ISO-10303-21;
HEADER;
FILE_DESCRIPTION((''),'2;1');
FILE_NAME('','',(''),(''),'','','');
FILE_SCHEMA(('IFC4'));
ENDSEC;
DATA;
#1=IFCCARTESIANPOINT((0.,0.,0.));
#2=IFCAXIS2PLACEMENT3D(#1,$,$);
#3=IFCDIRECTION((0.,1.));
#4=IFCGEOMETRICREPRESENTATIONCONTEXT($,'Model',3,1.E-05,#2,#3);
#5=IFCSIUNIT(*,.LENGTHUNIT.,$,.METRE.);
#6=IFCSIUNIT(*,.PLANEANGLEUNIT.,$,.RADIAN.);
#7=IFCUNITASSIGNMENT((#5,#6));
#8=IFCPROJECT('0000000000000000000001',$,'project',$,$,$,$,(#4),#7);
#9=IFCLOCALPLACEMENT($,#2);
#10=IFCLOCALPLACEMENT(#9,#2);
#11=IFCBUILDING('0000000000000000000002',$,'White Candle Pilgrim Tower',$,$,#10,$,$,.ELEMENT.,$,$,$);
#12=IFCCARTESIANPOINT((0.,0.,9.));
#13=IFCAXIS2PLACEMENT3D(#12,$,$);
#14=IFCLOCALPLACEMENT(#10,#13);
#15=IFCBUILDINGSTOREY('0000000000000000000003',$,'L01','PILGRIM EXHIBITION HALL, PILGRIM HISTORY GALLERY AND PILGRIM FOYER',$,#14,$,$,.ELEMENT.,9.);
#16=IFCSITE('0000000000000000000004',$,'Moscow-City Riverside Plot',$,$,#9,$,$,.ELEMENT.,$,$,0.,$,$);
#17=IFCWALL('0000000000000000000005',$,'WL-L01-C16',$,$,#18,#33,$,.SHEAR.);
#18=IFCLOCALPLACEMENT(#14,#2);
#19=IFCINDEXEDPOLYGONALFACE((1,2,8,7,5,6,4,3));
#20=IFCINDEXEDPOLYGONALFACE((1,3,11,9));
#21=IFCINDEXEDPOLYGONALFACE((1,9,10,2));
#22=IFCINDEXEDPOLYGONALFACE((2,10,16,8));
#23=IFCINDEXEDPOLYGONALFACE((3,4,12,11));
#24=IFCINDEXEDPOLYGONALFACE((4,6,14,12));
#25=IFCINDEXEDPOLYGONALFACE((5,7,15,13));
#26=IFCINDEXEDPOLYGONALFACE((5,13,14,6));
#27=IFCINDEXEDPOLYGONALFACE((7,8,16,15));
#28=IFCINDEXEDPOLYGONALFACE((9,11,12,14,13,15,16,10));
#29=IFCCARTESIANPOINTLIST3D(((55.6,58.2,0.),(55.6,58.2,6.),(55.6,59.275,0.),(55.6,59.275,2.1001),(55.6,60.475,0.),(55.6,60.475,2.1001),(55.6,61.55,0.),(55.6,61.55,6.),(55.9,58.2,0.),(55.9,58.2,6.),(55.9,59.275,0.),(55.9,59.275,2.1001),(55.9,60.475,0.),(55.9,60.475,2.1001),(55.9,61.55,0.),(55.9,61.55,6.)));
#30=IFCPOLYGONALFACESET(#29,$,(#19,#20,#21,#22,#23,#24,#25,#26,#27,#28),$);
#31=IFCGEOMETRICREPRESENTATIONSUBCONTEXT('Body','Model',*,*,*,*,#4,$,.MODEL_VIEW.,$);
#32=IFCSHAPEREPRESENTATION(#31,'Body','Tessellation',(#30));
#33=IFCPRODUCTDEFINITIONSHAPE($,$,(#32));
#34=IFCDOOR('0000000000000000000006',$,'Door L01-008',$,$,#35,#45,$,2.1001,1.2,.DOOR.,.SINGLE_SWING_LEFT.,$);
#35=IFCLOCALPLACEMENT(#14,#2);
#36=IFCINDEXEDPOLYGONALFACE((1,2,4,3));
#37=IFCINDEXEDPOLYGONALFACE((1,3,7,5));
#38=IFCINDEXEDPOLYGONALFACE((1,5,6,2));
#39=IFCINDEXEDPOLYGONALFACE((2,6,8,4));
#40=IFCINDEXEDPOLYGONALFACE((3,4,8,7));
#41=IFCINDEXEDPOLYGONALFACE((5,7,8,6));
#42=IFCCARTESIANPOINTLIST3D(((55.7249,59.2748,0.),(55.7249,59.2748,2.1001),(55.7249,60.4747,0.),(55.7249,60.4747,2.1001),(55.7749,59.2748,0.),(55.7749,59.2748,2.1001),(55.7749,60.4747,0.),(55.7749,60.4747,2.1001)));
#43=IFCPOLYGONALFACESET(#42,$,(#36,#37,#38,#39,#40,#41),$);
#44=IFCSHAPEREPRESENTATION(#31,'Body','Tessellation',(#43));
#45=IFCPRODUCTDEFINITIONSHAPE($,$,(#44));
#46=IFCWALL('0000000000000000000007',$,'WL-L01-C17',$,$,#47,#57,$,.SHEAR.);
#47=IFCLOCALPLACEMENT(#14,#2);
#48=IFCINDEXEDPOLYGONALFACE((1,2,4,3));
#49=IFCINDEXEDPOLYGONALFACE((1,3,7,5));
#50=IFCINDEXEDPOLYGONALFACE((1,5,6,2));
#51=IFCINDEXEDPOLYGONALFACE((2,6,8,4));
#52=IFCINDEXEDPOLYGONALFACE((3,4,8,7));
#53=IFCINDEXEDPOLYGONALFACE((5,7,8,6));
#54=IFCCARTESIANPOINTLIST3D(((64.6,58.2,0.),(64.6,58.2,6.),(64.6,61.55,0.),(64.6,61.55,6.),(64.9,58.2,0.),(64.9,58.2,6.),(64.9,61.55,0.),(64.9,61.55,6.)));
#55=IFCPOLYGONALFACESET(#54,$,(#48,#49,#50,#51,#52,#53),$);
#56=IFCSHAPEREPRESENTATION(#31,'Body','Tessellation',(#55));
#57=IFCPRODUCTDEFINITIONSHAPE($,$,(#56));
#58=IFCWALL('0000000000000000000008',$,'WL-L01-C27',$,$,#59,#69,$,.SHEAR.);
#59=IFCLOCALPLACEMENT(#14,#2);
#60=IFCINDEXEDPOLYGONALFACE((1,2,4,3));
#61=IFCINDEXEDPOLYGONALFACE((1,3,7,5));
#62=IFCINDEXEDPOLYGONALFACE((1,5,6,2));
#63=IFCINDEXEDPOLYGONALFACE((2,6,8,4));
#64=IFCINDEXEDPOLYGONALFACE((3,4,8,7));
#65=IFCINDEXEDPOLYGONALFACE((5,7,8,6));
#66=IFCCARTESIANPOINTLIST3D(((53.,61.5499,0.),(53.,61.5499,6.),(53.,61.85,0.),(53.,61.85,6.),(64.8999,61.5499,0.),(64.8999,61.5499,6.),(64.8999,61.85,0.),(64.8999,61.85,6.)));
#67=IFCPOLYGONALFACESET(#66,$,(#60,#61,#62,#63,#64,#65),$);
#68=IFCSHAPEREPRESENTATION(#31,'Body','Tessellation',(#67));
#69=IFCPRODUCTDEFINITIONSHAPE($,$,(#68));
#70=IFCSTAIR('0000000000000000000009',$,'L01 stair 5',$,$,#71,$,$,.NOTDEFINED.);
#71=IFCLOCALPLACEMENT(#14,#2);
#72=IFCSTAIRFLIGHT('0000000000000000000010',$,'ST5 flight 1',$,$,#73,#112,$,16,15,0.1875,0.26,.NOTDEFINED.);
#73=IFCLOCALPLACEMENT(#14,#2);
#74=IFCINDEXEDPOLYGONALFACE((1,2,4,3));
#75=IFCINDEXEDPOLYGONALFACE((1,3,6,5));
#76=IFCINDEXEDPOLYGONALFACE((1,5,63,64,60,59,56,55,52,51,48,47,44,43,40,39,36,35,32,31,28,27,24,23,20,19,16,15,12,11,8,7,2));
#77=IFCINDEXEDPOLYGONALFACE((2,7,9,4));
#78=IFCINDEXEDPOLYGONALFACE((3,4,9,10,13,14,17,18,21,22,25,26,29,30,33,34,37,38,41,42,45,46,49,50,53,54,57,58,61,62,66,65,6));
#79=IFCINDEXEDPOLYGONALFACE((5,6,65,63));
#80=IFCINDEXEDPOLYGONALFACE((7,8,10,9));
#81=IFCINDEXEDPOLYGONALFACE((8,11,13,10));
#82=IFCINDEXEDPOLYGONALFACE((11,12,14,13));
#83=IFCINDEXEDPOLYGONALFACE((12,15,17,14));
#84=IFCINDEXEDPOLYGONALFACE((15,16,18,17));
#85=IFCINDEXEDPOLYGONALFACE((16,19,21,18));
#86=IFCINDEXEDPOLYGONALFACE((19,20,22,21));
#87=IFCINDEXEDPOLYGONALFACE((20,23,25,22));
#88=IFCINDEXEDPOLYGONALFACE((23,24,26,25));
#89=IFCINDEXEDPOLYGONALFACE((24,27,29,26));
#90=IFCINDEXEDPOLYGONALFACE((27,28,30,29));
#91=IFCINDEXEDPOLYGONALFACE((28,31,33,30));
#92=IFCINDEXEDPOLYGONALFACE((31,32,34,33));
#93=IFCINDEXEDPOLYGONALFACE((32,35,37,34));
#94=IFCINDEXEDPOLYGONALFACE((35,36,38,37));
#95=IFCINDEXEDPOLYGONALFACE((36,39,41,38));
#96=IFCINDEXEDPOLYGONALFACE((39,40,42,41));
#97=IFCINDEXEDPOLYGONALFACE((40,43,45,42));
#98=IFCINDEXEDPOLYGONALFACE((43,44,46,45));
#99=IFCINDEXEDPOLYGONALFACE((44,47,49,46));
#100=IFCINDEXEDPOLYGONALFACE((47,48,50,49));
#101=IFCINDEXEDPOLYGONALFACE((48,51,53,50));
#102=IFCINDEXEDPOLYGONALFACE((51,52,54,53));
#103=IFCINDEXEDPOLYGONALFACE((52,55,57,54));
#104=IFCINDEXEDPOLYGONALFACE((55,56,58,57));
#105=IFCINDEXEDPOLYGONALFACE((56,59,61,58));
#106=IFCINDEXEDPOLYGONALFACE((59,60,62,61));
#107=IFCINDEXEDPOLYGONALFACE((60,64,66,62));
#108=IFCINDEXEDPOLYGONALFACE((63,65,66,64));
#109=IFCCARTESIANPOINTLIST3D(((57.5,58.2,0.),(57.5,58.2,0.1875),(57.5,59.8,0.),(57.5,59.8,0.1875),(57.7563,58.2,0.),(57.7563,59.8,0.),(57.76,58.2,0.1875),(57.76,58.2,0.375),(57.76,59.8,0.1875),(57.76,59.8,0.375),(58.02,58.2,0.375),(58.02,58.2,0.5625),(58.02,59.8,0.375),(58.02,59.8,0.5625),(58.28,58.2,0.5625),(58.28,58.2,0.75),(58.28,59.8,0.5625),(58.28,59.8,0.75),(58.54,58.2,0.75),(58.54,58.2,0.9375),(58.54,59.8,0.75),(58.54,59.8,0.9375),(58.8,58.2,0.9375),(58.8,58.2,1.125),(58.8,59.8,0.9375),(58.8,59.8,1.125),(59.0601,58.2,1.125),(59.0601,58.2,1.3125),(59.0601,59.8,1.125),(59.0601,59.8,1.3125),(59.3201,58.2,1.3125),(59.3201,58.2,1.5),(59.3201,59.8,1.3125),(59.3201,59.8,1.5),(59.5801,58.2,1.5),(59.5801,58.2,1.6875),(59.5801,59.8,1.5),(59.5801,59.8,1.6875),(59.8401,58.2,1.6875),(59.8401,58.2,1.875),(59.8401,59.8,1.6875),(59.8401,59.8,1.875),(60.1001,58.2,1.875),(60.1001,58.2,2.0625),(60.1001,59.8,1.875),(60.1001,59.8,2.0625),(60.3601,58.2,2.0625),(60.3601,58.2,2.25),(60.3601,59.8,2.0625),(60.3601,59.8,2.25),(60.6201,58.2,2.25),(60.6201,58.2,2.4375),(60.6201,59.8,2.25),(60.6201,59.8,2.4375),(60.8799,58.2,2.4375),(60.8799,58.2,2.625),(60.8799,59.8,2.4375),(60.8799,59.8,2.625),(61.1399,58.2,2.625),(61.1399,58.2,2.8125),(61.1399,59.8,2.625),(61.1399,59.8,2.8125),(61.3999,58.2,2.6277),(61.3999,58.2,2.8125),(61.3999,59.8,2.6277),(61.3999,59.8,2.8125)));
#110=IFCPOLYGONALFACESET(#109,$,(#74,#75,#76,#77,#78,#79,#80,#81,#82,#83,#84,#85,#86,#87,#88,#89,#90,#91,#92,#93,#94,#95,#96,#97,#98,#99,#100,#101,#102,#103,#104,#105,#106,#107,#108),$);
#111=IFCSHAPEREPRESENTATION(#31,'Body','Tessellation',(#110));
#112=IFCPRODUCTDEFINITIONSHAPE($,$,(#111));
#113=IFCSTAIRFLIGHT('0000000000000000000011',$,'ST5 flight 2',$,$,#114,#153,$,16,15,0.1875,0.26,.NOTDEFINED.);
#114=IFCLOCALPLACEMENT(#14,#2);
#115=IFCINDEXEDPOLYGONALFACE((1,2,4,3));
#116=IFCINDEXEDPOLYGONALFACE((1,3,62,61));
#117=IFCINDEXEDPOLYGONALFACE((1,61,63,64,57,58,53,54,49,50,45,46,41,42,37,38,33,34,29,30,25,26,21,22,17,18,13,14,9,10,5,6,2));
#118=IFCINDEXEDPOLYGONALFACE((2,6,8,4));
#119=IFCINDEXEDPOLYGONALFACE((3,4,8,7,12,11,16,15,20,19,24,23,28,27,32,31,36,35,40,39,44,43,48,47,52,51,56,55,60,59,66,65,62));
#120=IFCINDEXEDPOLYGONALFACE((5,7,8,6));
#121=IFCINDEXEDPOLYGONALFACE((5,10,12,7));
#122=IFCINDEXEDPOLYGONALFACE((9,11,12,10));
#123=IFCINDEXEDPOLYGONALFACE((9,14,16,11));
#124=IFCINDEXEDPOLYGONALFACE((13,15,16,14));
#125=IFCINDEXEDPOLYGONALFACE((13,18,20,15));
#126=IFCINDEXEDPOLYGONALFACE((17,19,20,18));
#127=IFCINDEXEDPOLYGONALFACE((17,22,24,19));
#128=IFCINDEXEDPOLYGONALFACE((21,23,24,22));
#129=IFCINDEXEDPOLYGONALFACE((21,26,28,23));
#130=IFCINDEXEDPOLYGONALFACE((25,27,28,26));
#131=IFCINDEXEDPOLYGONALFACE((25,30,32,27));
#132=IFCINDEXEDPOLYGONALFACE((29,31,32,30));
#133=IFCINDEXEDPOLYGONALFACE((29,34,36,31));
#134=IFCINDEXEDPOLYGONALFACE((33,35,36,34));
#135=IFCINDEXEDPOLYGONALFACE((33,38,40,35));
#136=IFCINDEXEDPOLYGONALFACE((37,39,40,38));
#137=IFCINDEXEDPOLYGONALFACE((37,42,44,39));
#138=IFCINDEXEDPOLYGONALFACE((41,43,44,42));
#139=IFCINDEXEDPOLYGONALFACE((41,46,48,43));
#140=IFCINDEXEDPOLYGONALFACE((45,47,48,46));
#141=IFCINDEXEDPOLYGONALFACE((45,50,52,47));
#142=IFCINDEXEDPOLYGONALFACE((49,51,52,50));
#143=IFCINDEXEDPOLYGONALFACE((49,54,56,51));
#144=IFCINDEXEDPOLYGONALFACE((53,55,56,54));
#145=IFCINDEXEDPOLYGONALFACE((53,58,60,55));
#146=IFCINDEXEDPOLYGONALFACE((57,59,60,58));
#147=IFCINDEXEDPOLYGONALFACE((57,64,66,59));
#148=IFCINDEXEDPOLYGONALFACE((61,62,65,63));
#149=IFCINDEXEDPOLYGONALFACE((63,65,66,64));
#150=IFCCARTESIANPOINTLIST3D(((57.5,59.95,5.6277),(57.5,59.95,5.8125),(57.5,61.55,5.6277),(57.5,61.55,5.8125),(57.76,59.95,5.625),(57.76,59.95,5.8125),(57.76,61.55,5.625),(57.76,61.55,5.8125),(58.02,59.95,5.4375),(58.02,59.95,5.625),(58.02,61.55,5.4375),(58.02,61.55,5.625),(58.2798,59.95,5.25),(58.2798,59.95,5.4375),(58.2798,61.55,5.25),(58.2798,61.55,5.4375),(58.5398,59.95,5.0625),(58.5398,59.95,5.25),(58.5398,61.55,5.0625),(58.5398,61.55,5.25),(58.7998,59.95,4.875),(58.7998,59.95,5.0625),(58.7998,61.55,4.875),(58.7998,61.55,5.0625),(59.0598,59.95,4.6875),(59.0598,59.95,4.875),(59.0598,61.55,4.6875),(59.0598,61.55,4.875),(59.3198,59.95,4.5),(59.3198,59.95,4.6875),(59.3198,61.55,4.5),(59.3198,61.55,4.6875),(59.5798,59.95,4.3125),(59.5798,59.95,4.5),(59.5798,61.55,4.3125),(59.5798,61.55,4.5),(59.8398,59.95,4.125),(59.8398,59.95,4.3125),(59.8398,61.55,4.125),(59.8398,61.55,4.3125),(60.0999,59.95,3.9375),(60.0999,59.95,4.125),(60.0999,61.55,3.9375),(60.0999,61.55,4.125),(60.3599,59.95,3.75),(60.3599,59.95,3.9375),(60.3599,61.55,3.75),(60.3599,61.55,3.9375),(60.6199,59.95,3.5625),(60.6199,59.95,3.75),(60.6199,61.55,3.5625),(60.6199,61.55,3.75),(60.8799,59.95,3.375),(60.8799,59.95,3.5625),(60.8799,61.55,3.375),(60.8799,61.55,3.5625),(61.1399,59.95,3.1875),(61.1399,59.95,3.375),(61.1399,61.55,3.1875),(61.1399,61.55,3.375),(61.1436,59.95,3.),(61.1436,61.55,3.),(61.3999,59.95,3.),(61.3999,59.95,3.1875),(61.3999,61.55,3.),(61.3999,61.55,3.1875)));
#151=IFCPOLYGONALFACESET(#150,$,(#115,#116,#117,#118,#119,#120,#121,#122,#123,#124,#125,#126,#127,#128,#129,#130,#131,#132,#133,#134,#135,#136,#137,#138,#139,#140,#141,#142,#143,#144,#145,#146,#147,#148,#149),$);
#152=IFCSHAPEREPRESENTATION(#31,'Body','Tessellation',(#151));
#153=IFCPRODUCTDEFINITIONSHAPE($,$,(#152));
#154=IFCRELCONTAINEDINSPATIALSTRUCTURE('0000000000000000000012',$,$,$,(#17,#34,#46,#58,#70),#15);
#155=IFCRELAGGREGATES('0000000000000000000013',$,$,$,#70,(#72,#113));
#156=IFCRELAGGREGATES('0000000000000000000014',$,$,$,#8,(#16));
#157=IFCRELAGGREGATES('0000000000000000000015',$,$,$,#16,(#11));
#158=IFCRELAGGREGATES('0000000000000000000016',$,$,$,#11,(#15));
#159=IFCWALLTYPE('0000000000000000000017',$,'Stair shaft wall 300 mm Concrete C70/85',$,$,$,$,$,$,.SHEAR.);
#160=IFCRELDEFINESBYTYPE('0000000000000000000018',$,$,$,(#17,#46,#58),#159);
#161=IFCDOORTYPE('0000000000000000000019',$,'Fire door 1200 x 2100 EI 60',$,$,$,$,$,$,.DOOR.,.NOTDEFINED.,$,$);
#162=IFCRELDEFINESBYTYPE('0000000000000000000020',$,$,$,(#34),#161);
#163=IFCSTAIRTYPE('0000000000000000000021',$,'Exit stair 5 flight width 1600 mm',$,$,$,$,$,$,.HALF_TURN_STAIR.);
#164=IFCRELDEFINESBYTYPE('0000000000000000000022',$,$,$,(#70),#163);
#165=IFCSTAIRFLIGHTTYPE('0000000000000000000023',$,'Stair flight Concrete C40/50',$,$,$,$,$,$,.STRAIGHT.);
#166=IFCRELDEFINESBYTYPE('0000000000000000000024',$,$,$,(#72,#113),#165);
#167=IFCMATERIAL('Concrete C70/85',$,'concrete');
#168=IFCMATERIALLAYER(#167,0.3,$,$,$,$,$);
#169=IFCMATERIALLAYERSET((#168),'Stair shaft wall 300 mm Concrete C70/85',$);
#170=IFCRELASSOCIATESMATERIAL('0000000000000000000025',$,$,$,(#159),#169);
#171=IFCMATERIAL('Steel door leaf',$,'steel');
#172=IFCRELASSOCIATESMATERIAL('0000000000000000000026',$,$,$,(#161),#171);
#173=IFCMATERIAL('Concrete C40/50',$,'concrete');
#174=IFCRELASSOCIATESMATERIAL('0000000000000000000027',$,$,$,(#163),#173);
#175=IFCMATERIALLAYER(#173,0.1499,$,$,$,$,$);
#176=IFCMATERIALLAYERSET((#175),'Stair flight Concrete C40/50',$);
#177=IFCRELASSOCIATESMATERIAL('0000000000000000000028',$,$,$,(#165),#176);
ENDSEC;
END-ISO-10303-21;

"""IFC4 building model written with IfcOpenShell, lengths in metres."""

from ifc_helpers import new_model, si_unit, direction, frame, frame_2d, origin, place, context, subcontext, project, spatial, polyline, rectangle, outline, extrude, material, layer, layer_set, type_object, element, fill, aggregate, save


model = new_model("IFC4")

# Units and contexts
model_context = context("Model", 3, precision=1e-05, world=origin(), true_north=direction((0.0, 1.0)))
body_context = subcontext(model_context, "Body", "Model", "MODEL_VIEW")
ifc_project = project(units=[si_unit("LENGTHUNIT", "METRE"), si_unit("PLANEANGLEUNIT", "RADIAN")], contexts=[model_context])

# Site, building, storey
site_placement = place(None, origin())
site = spatial("IfcSite", under=ifc_project, at=site_placement, Name="Moscow-City Riverside Plot", CompositionType="ELEMENT", RefElevation=0.0)
building_placement = place(site_placement, origin())
building = spatial("IfcBuilding", under=site, at=building_placement, Name="White Candle Pilgrim Tower", CompositionType="ELEMENT")
storey_placement = place(building_placement, frame((0.0, 0.0, 9.0)))
storey = spatial("IfcBuildingStorey", under=building, at=storey_placement, Name="L01", Description="PILGRIM EXHIBITION HALL, PILGRIM HISTORY GALLERY AND PILGRIM FOYER", CompositionType="ELEMENT", Elevation=9.0)

# Shared definitions
ifc_material_1 = material(Name="Steel door leaf", Category="steel")

# Shared definitions
ifc_material_2 = material(Name="Concrete C70/85", Category="concrete")

# Wall, opening, door
ifc_layer_1 = layer(ifc_material_2, 0.3)
ifc_layer_set_1 = layer_set([ifc_layer_1], Name="Stair shaft wall 300 mm Concrete C70/85")
wall_type_1 = type_object("IfcWallType", Name="Stair shaft wall 300 mm Concrete C70/85", PredefinedType="SHEAR", material=ifc_layer_set_1)
wall_1_placement = place(storey_placement, frame((55.75, 58.2, 0.0), z_axis=(0.0, 0.0, 1.0), x_axis=(0.0, 1.0, 0.0)))
wall_1 = element("IfcWall", 1, at=wall_1_placement, inside=storey, type_object=wall_type_1, Name="WL-L01-C16", PredefinedType="SHEAR", context=body_context, shape_type="SweptSolid", body=[
    extrude(rectangle(XDim=3.3501, YDim=0.3, at=frame_2d((1.675, 0.0))), origin(), (0.0, 0.0, 1.0), 6.0),
])
opening_1_placement = place(wall_1_placement, frame((1.075, 0.0, 0.0)))
opening_1 = element("IfcOpeningElement", 2, at=opening_1_placement, cuts=wall_1, PredefinedType="OPENING", context=body_context, shape_type="SweptSolid", body=[
    extrude(rectangle(XDim=1.2, YDim=2.1001, at=frame_2d((0.6001, 1.05))), frame((0.0, 0.1599, 0.0), z_axis=(0.0, -1.0, 0.0), x_axis=(1.0, 0.0, 0.0)), (0.0, 0.0, 1.0), 0.3201),
])
door_type_1 = type_object("IfcDoorType", Name="Fire door 1200 x 2100 EI 60", OperationType="NOTDEFINED", PredefinedType="DOOR", material=ifc_material_1)
door_1_placement = place(opening_1_placement, frame((1.2, 0.0, 0.0), z_axis=(0.0, 0.0, 1.0), x_axis=(-1.0, 0.0, 0.0)))
door_1 = element("IfcDoor", 3, at=door_1_placement, inside=storey, type_object=door_type_1, Name="Door L01-008", OperationType="SINGLE_SWING_LEFT", OverallHeight=2.1001, OverallWidth=1.2, PredefinedType="DOOR", context=body_context, shape_type="SweptSolid", body=[
    extrude(rectangle(XDim=1.2, YDim=2.1001, at=frame_2d((0.6001, 1.05))), frame((0.0, 0.0249, 0.0), z_axis=(0.0, -1.0, 0.0), x_axis=(1.0, 0.0, 0.0)), (0.0, 0.0, 1.0), 0.05),
])
fill(opening_1, door_1)

# Walls
wall_2_placement = place(storey_placement, frame((64.75, 58.2, 0.0), z_axis=(0.0, 0.0, 1.0), x_axis=(0.0, 1.0, 0.0)))
element("IfcWall", 4, at=wall_2_placement, inside=storey, type_object=wall_type_1, Name="WL-L01-C17", PredefinedType="SHEAR", context=body_context, shape_type="SweptSolid", body=[
    extrude(rectangle(XDim=3.3501, YDim=0.3, at=frame_2d((1.675, 0.0))), origin(), (0.0, 0.0, 1.0), 6.0),
])
wall_3_placement = place(storey_placement, frame((53.0, 61.7, 0.0), z_axis=(0.0, 0.0, 1.0), x_axis=(1.0, 0.0, 0.0)))
element("IfcWall", 5, at=wall_3_placement, inside=storey, type_object=wall_type_1, Name="WL-L01-C27", PredefinedType="SHEAR", context=body_context, shape_type="SweptSolid", body=[
    extrude(rectangle(XDim=11.8999, YDim=0.3, at=frame_2d((5.95, 0.0))), origin(), (0.0, 0.0, 1.0), 6.0),
])

# Stair, stair flights
ifc_material_3 = material(Name="Concrete C40/50", Category="concrete")
stair_type = type_object("IfcStairType", Name="Exit stair 5 flight width 1600 mm", PredefinedType="HALF_TURN_STAIR", material=ifc_material_3)
stair_placement = place(storey_placement, origin())
stair = element("IfcStair", 6, at=stair_placement, inside=storey, type_object=stair_type, Name="L01 stair 5", PredefinedType="NOTDEFINED")
ifc_layer_2 = layer(ifc_material_3, 0.1499)
ifc_layer_set_2 = layer_set([ifc_layer_2], Name="Stair flight Concrete C40/50")
stair_flight_type = type_object("IfcStairFlightType", Name="Stair flight Concrete C40/50", PredefinedType="STRAIGHT", material=ifc_layer_set_2)
stair_flight_1_placement = place(storey_placement, frame((57.5, 59.0, 0.0), z_axis=(0.0, 0.0, 1.0), x_axis=(1.0, 0.0, 0.0)))
stair_flight_1 = element("IfcStairFlight", 7, at=stair_flight_1_placement, type_object=stair_flight_type, Name="ST5 flight 1", NumberOfRisers=16, NumberOfTreads=15, PredefinedType="NOTDEFINED", RiserHeight=0.1875, TreadLength=0.26, context=body_context, shape_type="SweptSolid", body=[
    extrude(outline(polyline([(0.0, 0.0), (0.0, 0.1875), (0.26, 0.1875), (0.26, 0.375), (0.52, 0.375), (0.52, 0.5625), (0.78, 0.5625), (0.78, 0.75), (1.04, 0.75), (1.04, 0.9375), (1.3, 0.9375), (1.3, 1.125), (1.5601, 1.125), (1.5601, 1.3125), (1.8201, 1.3125), (1.8201, 1.5), (2.0801, 1.5), (2.0801, 1.6875), (2.3401, 1.6875), (2.3401, 1.875), (2.6001, 1.875), (2.6001, 2.0625), (2.8601, 2.0625), (2.8601, 2.25), (3.1201, 2.25), (3.1201, 2.4375), (3.3799, 2.4375), (3.3799, 2.625), (3.6399, 2.625), (3.6399, 2.8125), (3.8999, 2.8125), (3.8999, 3.0), (3.8999, 2.6277), (0.2563, 0.0), (0.0, 0.0)])), frame((0.0, 0.8, 0.0), z_axis=(0.0, -1.0, 0.0), x_axis=(1.0, 0.0, 0.0)), (0.0, 0.0, 1.0), 1.6001),
])
stair_flight_2_placement = place(storey_placement, frame((61.3999, 60.75, 3.0), z_axis=(0.0, 0.0, 1.0), x_axis=(-1.0, 0.0, 0.0)))
stair_flight_2 = element("IfcStairFlight", 8, at=stair_flight_2_placement, type_object=stair_flight_type, Name="ST5 flight 2", NumberOfRisers=16, NumberOfTreads=15, PredefinedType="NOTDEFINED", RiserHeight=0.1875, TreadLength=0.26, context=body_context, shape_type="SweptSolid", body=[
    extrude(outline(polyline([(0.0, 0.0), (0.0, 0.1875), (0.26, 0.1875), (0.26, 0.375), (0.52, 0.375), (0.52, 0.5625), (0.78, 0.5625), (0.78, 0.75), (1.04, 0.75), (1.04, 0.9375), (1.3, 0.9375), (1.3, 1.125), (1.5601, 1.125), (1.5601, 1.3125), (1.8201, 1.3125), (1.8201, 1.5), (2.0801, 1.5), (2.0801, 1.6875), (2.3401, 1.6875), (2.3401, 1.875), (2.6001, 1.875), (2.6001, 2.0625), (2.8601, 2.0625), (2.8601, 2.25), (3.1201, 2.25), (3.1201, 2.4375), (3.3799, 2.4375), (3.3799, 2.625), (3.6399, 2.625), (3.6399, 2.8125), (3.8999, 2.8125), (3.8999, 3.0), (3.8999, 2.6277), (0.2563, 0.0), (0.0, 0.0)])), frame((0.0, 0.8, 0.0), z_axis=(0.0, -1.0, 0.0), x_axis=(1.0, 0.0, 0.0)), (0.0, 0.0, 1.0), 1.6001),
])
aggregate(stair, [stair_flight_1, stair_flight_2])

save(model, "model.ifc")
